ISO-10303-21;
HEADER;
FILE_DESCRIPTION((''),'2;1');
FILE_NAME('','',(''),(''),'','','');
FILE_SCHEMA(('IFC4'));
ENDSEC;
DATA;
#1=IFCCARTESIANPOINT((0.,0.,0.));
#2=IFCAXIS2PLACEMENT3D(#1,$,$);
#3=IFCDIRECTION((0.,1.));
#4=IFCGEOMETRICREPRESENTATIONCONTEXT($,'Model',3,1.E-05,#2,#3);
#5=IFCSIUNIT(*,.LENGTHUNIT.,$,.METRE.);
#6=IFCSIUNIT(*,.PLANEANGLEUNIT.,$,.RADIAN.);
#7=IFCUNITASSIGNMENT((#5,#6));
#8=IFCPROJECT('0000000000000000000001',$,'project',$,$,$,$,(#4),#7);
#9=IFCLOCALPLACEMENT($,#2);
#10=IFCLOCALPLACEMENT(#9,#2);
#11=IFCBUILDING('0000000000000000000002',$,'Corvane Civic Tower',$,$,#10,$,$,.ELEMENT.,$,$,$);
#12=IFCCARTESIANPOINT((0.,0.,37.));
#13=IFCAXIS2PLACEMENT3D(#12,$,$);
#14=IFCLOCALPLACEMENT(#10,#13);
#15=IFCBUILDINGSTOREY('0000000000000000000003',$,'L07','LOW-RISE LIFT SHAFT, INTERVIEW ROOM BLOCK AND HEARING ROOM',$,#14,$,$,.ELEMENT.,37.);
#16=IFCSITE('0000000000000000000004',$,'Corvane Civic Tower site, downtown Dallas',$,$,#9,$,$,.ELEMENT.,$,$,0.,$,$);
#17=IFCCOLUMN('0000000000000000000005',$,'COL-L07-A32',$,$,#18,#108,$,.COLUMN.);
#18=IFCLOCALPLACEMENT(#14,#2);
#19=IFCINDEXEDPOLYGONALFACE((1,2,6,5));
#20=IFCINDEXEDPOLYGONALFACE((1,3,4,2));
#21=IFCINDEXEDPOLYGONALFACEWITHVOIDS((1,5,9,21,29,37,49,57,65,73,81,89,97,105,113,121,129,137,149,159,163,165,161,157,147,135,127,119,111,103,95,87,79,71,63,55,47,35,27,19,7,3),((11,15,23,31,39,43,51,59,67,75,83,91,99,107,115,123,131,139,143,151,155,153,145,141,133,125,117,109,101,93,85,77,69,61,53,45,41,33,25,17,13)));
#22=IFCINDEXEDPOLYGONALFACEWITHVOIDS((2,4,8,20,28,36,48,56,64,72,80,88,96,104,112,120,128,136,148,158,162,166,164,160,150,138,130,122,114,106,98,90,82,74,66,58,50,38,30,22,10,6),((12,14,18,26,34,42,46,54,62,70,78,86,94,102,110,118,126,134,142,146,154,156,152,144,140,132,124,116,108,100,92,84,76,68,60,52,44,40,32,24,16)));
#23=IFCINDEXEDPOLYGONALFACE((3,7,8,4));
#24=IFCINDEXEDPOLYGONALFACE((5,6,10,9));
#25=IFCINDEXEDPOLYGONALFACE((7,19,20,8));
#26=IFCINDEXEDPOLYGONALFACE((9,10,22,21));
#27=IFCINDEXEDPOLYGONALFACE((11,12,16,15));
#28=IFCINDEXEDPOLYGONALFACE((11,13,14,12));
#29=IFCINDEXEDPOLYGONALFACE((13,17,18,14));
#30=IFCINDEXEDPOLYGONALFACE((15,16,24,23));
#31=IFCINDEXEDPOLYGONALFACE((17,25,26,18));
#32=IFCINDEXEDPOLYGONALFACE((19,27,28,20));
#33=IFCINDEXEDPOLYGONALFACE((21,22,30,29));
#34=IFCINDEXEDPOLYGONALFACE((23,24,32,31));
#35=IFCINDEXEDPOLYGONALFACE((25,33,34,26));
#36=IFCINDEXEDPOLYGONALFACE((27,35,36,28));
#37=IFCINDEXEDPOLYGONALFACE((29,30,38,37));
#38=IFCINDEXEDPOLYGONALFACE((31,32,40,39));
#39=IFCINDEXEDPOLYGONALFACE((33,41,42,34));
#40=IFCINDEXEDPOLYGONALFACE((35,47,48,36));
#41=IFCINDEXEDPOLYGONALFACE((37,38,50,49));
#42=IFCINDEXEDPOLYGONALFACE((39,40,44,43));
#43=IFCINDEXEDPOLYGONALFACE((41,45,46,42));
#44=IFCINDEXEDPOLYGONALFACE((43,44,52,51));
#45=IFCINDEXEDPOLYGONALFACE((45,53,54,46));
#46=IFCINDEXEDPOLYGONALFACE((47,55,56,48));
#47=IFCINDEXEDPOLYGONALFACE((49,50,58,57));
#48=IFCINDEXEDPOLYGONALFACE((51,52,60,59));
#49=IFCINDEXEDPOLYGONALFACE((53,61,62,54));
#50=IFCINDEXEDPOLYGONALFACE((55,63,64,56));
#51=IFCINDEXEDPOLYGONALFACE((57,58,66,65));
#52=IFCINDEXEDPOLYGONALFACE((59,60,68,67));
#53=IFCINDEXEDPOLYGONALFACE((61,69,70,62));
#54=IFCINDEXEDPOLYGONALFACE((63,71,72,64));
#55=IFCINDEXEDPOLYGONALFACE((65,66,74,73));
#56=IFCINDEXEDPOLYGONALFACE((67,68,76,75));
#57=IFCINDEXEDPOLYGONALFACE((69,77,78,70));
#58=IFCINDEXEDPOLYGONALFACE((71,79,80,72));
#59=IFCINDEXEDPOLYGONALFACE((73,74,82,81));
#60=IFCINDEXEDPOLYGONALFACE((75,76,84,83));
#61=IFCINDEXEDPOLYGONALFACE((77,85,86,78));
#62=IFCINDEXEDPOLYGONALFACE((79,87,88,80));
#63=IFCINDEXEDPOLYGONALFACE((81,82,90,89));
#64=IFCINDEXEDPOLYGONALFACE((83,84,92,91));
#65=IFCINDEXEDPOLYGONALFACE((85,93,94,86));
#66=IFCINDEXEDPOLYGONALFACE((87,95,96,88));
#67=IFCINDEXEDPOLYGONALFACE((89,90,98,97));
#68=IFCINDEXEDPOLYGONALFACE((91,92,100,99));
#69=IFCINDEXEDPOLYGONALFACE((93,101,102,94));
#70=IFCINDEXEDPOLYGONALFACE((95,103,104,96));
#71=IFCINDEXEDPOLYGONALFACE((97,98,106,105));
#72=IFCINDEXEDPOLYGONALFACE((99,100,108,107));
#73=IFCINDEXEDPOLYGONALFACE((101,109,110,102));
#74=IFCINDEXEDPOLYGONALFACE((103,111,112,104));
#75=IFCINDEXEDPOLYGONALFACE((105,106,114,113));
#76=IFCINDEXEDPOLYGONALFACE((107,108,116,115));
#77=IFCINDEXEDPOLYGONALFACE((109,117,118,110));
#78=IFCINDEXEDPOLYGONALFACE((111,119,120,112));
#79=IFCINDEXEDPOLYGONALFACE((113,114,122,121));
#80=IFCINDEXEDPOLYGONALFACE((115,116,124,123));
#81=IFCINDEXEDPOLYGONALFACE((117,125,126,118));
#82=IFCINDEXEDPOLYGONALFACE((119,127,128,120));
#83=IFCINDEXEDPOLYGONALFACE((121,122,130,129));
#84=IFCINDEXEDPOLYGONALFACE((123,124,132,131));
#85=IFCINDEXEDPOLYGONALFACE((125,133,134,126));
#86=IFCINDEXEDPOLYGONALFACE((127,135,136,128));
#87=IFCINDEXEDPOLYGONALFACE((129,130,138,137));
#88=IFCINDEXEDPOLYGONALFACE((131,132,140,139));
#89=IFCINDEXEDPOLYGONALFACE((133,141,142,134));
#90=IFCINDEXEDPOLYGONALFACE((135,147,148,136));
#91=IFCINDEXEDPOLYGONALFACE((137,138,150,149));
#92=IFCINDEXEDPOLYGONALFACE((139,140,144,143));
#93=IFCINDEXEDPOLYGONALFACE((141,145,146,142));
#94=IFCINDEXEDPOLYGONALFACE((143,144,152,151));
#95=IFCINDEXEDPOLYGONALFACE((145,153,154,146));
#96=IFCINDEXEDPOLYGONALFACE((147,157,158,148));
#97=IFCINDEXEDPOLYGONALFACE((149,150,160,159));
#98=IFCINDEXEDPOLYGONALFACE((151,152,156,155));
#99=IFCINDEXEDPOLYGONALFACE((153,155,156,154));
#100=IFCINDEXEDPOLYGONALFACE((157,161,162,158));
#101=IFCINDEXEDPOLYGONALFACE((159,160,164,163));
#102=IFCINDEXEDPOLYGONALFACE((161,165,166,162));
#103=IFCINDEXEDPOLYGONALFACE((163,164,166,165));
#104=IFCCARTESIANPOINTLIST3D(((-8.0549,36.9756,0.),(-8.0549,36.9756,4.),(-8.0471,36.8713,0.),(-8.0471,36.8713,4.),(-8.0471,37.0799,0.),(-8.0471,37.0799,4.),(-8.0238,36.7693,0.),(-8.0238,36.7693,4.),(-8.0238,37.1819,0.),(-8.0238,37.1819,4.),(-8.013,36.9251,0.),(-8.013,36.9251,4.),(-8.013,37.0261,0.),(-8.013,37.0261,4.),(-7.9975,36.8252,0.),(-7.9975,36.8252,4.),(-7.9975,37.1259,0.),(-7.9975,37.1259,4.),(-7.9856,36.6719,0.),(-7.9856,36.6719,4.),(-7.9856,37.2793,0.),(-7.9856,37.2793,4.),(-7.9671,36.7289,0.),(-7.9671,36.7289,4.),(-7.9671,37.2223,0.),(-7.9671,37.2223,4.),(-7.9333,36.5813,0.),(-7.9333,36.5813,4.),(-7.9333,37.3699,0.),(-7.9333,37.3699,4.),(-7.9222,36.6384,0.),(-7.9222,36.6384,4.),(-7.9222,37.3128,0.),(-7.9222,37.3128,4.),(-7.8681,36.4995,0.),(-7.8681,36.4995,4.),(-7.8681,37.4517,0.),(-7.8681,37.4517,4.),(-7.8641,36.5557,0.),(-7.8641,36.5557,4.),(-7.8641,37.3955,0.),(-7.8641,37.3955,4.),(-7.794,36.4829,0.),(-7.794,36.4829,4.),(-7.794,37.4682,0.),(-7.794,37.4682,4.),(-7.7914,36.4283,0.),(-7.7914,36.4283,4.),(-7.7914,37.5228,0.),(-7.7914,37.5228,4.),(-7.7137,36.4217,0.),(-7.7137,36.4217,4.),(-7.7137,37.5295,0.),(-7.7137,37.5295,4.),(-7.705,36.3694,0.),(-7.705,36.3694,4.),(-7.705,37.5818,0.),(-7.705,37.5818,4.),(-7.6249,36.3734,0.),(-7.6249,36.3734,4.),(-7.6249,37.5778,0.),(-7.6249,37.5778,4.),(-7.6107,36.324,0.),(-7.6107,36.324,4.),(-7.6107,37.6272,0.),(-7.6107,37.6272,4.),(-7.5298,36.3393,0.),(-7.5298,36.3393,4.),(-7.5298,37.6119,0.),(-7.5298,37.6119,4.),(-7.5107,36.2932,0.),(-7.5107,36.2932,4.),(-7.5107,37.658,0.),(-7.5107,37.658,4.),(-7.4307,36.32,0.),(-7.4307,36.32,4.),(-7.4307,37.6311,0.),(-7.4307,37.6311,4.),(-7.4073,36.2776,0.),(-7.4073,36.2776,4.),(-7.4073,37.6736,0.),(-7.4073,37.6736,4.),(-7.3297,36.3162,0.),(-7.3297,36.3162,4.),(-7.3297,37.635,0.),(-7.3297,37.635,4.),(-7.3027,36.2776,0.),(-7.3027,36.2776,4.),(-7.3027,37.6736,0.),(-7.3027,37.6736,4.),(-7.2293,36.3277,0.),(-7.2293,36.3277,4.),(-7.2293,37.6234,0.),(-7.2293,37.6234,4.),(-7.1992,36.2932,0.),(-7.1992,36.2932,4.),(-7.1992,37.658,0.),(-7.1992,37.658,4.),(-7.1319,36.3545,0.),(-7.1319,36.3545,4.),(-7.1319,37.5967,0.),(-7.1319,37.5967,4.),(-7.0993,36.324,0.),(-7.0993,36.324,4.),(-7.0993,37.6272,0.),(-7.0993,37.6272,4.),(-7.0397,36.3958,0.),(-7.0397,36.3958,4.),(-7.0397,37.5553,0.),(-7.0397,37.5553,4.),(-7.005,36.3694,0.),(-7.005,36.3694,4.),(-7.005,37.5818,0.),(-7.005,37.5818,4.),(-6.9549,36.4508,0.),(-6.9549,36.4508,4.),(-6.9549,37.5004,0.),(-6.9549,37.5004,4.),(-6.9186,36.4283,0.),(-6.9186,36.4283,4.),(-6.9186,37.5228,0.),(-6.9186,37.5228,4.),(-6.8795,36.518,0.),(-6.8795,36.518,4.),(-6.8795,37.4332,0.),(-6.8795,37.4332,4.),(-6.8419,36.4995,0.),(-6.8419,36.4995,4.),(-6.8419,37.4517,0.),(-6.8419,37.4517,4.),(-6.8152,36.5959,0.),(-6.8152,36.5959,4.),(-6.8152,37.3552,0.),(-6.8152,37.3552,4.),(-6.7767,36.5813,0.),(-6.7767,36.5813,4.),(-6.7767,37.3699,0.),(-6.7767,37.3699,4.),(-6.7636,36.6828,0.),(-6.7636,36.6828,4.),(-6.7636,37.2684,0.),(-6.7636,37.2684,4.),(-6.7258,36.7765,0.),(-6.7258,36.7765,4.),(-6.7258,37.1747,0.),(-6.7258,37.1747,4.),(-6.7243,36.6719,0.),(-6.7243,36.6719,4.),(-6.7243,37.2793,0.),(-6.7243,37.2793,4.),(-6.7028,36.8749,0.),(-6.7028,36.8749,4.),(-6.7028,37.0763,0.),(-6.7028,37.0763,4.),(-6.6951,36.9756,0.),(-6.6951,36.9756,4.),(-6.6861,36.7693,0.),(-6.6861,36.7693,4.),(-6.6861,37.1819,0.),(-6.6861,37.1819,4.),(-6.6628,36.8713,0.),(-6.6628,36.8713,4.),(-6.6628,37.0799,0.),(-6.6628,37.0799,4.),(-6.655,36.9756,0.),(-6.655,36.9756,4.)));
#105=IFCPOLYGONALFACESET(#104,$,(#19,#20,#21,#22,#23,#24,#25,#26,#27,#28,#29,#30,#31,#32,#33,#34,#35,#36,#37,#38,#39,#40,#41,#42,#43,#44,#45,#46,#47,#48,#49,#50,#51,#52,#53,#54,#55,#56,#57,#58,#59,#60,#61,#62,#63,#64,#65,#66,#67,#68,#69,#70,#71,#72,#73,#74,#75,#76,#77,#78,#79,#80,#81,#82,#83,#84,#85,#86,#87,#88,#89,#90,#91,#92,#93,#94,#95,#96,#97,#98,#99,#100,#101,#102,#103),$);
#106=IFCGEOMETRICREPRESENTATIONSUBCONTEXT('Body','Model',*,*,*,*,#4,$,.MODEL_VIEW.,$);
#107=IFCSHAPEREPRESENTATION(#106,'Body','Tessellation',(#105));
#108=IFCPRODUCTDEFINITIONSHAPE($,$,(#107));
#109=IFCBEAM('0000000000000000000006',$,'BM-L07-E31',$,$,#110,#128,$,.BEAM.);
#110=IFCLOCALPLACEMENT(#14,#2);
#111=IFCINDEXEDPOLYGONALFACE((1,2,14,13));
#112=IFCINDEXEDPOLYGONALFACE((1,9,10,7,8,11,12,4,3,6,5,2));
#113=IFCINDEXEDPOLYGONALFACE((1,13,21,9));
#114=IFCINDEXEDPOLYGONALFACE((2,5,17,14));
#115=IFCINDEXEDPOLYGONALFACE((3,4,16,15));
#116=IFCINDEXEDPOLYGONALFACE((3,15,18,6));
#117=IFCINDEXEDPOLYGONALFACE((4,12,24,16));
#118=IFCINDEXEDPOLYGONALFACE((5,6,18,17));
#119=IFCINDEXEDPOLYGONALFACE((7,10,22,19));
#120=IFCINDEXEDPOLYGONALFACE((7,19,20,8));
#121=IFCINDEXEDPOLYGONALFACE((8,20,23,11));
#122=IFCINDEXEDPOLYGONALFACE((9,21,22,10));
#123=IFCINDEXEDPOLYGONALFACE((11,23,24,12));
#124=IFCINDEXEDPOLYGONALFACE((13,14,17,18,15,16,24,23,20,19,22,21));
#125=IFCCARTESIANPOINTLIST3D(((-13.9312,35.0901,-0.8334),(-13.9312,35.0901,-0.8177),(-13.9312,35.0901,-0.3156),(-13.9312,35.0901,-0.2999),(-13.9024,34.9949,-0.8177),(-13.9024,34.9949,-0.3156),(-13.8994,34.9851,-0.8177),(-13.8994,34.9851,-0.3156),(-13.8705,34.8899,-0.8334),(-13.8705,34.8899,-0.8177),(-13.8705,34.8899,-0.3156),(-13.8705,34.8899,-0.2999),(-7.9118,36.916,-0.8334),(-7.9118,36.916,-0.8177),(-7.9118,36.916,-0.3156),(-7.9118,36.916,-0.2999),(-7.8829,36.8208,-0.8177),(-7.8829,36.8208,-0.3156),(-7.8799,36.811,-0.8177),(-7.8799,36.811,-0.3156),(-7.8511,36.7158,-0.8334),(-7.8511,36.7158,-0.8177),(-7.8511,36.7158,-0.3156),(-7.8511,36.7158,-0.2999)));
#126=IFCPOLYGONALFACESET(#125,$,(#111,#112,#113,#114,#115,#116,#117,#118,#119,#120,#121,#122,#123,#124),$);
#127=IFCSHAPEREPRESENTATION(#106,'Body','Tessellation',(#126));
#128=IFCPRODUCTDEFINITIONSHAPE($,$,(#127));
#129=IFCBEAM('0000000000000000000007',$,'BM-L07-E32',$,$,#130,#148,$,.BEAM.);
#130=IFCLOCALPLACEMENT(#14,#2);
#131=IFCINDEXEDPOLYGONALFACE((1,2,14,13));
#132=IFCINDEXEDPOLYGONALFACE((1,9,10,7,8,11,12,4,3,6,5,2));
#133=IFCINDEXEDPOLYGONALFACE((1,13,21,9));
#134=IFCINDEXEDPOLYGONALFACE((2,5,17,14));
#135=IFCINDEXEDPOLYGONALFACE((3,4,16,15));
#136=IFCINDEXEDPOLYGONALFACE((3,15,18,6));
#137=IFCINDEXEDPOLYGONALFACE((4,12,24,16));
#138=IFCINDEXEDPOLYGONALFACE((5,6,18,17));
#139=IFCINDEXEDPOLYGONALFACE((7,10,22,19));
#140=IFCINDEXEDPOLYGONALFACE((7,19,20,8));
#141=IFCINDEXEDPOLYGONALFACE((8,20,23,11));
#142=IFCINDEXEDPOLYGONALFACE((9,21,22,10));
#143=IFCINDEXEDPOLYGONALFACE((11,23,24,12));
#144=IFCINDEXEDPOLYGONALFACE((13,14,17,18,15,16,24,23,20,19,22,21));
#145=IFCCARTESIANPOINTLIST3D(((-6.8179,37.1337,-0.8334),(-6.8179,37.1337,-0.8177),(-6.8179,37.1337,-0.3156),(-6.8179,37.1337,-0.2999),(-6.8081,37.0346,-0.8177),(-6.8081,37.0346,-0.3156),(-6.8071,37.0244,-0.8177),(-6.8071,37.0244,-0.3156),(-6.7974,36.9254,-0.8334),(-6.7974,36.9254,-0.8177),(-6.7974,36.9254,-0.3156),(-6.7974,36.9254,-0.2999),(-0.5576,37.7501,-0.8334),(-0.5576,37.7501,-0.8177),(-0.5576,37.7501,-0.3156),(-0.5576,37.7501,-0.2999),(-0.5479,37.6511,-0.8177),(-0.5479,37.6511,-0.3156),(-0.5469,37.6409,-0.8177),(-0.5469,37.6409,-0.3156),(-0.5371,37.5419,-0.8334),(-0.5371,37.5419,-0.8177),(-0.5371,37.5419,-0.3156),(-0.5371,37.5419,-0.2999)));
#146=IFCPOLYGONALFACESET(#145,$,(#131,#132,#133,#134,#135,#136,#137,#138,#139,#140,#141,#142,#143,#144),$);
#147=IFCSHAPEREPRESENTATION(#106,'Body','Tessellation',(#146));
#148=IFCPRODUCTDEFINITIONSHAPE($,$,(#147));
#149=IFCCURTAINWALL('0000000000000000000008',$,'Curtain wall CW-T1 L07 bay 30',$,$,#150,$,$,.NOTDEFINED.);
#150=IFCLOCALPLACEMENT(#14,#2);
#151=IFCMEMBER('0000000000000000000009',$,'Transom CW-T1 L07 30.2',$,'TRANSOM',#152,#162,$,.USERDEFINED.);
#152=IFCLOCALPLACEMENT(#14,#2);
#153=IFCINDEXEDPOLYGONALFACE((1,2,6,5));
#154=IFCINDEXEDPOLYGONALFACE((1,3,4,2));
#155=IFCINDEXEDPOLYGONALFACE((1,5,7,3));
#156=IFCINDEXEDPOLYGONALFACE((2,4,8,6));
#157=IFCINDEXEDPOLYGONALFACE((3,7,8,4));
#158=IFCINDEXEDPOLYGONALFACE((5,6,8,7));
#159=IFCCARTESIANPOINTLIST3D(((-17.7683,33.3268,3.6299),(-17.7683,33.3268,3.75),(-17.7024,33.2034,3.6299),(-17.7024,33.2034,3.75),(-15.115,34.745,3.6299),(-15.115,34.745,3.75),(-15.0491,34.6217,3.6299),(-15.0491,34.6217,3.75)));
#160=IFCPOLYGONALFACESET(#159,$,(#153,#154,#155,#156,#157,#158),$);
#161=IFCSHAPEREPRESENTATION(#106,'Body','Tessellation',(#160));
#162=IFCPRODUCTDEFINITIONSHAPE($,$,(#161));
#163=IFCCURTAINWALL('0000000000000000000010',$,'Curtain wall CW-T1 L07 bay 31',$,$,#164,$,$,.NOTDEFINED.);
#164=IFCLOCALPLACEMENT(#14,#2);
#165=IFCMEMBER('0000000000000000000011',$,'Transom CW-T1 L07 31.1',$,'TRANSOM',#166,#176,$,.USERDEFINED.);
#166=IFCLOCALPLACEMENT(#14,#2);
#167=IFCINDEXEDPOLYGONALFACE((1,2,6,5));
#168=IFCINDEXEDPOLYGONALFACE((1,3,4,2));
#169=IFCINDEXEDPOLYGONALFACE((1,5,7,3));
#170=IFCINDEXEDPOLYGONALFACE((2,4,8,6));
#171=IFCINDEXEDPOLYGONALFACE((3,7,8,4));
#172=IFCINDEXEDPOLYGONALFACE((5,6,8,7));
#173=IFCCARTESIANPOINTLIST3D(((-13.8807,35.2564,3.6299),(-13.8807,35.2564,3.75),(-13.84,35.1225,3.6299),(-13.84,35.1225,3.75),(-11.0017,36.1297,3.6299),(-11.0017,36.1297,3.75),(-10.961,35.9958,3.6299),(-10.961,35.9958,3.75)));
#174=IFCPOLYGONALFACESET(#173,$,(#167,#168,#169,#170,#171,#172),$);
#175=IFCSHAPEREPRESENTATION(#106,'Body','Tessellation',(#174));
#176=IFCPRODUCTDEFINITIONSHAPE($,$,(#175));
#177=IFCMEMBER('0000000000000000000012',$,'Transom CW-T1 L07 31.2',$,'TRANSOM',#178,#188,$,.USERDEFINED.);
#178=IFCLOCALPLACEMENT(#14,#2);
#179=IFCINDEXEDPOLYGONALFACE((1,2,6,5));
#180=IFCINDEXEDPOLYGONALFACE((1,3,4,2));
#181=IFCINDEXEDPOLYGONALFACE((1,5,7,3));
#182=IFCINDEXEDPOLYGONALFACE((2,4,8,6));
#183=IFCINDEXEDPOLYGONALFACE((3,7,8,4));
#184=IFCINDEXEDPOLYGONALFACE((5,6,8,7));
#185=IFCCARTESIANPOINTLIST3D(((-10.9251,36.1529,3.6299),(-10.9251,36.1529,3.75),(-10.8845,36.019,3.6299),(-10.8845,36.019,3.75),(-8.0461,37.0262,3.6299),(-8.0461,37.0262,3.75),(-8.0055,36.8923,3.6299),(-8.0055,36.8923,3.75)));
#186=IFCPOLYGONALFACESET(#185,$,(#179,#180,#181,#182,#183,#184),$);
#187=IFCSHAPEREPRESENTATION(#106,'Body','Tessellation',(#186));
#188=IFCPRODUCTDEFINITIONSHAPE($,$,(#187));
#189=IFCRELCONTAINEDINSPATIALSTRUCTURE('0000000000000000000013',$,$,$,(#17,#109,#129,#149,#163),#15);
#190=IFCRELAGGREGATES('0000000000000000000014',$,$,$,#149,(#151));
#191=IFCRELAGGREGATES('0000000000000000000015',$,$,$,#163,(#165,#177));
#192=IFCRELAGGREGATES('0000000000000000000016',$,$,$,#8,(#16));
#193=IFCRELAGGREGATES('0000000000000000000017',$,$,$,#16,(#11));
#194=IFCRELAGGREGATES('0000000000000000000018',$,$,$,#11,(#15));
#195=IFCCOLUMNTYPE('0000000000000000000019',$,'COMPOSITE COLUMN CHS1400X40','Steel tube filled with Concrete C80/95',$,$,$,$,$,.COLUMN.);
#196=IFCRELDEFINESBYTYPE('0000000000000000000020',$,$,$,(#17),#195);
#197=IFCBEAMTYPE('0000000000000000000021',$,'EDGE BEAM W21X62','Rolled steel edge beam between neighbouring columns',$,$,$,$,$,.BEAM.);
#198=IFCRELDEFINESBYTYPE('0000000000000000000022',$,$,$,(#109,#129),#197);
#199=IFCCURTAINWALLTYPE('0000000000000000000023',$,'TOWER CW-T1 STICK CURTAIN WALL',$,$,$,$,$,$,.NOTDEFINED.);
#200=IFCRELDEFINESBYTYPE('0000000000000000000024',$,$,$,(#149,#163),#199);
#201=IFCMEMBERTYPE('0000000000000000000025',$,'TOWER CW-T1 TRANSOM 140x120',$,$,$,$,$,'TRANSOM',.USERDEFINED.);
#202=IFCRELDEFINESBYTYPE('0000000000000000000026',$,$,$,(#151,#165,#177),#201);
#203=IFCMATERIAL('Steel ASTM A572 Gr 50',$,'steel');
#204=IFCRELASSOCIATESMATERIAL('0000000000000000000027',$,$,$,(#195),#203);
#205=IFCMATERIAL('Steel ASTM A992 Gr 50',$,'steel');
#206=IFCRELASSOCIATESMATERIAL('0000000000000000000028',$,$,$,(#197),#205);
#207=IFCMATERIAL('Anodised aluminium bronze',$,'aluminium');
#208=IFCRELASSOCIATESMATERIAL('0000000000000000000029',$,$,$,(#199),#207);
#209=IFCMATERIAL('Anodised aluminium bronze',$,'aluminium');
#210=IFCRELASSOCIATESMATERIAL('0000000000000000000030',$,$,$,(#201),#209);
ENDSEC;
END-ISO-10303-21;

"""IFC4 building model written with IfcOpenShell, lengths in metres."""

from ifc_helpers import new_model, si_unit, direction, frame, origin, origin_2d, place, context, subcontext, project, spatial, rectangle, hollow_circle, i_section, extrude, material, material_profile, profile_set, type_object, element, aggregate, save


model = new_model("IFC4")

# Units and contexts
model_context = context("Model", 3, precision=1e-05, world=origin(), true_north=direction((0.0, 1.0)))
body_context = subcontext(model_context, "Body", "Model", "MODEL_VIEW")
ifc_project = project(units=[si_unit("LENGTHUNIT", "METRE"), si_unit("PLANEANGLEUNIT", "RADIAN")], contexts=[model_context])

# Site, building, storey
site_placement = place(None, origin())
site = spatial("IfcSite", under=ifc_project, at=site_placement, Name="Corvane Civic Tower site, downtown Dallas", CompositionType="ELEMENT", RefElevation=0.0)
building_placement = place(site_placement, origin())
building = spatial("IfcBuilding", under=site, at=building_placement, Name="Corvane Civic Tower", CompositionType="ELEMENT")
storey_placement = place(building_placement, frame((0.0, 0.0, 37.0)))
storey = spatial("IfcBuildingStorey", under=building, at=storey_placement, Name="L07", Description="LOW-RISE LIFT SHAFT, INTERVIEW ROOM BLOCK AND HEARING ROOM", CompositionType="ELEMENT", Elevation=37.0)

# Column
ifc_material_1 = material(Name="Steel ASTM A572 Gr 50", Category="steel")
ifc_material_profile_1 = material_profile(ifc_material_1, hollow_circle(Radius=0.7, WallThickness=0.04, at=origin_2d()), Name="CHS1400X40")
ifc_profile_set_1 = profile_set([ifc_material_profile_1], Name="Steel ASTM A572 Gr 50")
column_type = type_object("IfcColumnType", Name="COMPOSITE COLUMN CHS1400X40", Description="Steel tube filled with Concrete C80/95", PredefinedType="COLUMN", material=ifc_profile_set_1)
for number, where, z_axis, x_axis, name in (
    (1, (-7.355, 36.9756, 0.0), (0.0, 0.0, 1.0), (1.0, 0.0, 0.0), "COL-L07-A32"),
):
    element("IfcColumn", number, at=place(storey_placement, frame(where, z_axis=z_axis, x_axis=x_axis)), inside=storey, type_object=column_type, Name=name, PredefinedType="COLUMN", context=body_context, shape_type="SweptSolid", body=[
        extrude(hollow_circle(Radius=0.7, WallThickness=0.04, at=origin_2d()), origin(), (0.0, 0.0, 1.0), 4.0),
    ])

# Beams
ifc_material_2 = material(Name="Steel ASTM A992 Gr 50", Category="steel")
ifc_material_profile_2 = material_profile(ifc_material_2, i_section(OverallWidth=0.2092, OverallDepth=0.5334, WebThickness=0.0103, FlangeThickness=0.0156, at=origin_2d()), Name="W21X62")
ifc_profile_set_2 = profile_set([ifc_material_profile_2], Name="Steel ASTM A992 Gr 50")
beam_type = type_object("IfcBeamType", Name="EDGE BEAM W21X62", Description="Rolled steel edge beam between neighbouring columns", PredefinedType="BEAM", material=ifc_profile_set_2)
beam_1_placement = place(storey_placement, frame((-13.9009, 34.99, -0.5667), z_axis=(0.956944, 0.290273, 0.0), x_axis=(-0.290273, 0.956944, 0.0)))
element("IfcBeam", 2, at=beam_1_placement, inside=storey, type_object=beam_type, Name="BM-L07-E31", PredefinedType="BEAM", context=body_context, shape_type="SweptSolid", body=[
    extrude(i_section(OverallWidth=0.2092, OverallDepth=0.5334, WebThickness=0.0103, FlangeThickness=0.0156, at=origin_2d()), origin(), (0.0, 0.0, 1.0), 6.2903),
])
beam_2_placement = place(storey_placement, frame((-6.8076, 37.0295, -0.5667), z_axis=(0.995187, 0.097997, 0.0), x_axis=(-0.097997, 0.995187, 0.0)))
element("IfcBeam", 3, at=beam_2_placement, inside=storey, type_object=beam_type, Name="BM-L07-E32", PredefinedType="BEAM", context=body_context, shape_type="SweptSolid", body=[
    extrude(i_section(OverallWidth=0.2092, OverallDepth=0.5334, WebThickness=0.0103, FlangeThickness=0.0156, at=origin_2d()), origin(), (0.0, 0.0, 1.0), 6.2905),
])

# Curtain wall, member
ifc_material_3 = material(Name="Anodised aluminium bronze", Category="aluminium")
curtain_wall_type = type_object("IfcCurtainWallType", Name="TOWER CW-T1 STICK CURTAIN WALL", PredefinedType="NOTDEFINED", material=ifc_material_3)
curtain_wall_1_placement = place(storey_placement, origin())
curtain_wall_1 = element("IfcCurtainWall", 4, at=curtain_wall_1_placement, inside=storey, type_object=curtain_wall_type, Name="Curtain wall CW-T1 L07 bay 30", PredefinedType="NOTDEFINED")
ifc_material_4 = material(Name="Anodised aluminium bronze", Category="aluminium")
ifc_material_profile_3 = material_profile(ifc_material_4, rectangle(XDim=0.1399, YDim=0.1201, at=origin_2d()), Name="TOWER CW-T1 TRANSOM 140x120")
ifc_profile_set_3 = profile_set([ifc_material_profile_3], Name="Anodised aluminium bronze")
member_type_1 = type_object("IfcMemberType", Name="TOWER CW-T1 TRANSOM 140x120", ElementType="TRANSOM", PredefinedType="USERDEFINED", material=ifc_profile_set_3)
member_1_placement = place(storey_placement, frame((-17.7354, 33.2651, 3.6899), z_axis=(0.881924, 0.471393, 0.0), x_axis=(-0.471393, 0.881924, 0.0)))
member_1 = element("IfcMember", 5, at=member_1_placement, type_object=member_type_1, Name="Transom CW-T1 L07 30.2", ObjectType="TRANSOM", PredefinedType="USERDEFINED", context=body_context, shape_type="SweptSolid", body=[
    extrude(rectangle(XDim=0.1399, YDim=0.1201, at=origin_2d()), origin(), (0.0, 0.0, 1.0), 3.0085),
])

# Curtain wall, members
curtain_wall_2_placement = place(storey_placement, origin())
curtain_wall_2 = element("IfcCurtainWall", 6, at=curtain_wall_2_placement, inside=storey, type_object=curtain_wall_type, Name="Curtain wall CW-T1 L07 bay 31", PredefinedType="NOTDEFINED")
member_2_placement = place(storey_placement, frame((-13.8604, 35.1895, 3.6899), z_axis=(0.956942, 0.29028, 0.0), x_axis=(-0.29028, 0.956942, 0.0)))
member_2 = element("IfcMember", 7, at=member_2_placement, type_object=member_type_1, Name="Transom CW-T1 L07 31.1", ObjectType="TRANSOM", PredefinedType="USERDEFINED", context=body_context, shape_type="SweptSolid", body=[
    extrude(rectangle(XDim=0.1399, YDim=0.1201, at=origin_2d()), origin(), (0.0, 0.0, 1.0), 3.0085),
])
member_3_placement = place(storey_placement, frame((-10.9048, 36.0859, 3.6899), z_axis=(0.956942, 0.29028, 0.0), x_axis=(-0.29028, 0.956942, 0.0)))
member_3 = element("IfcMember", 8, at=member_3_placement, type_object=member_type_1, Name="Transom CW-T1 L07 31.2", ObjectType="TRANSOM", PredefinedType="USERDEFINED", context=body_context, shape_type="SweptSolid", body=[
    extrude(rectangle(XDim=0.1399, YDim=0.1201, at=origin_2d()), origin(), (0.0, 0.0, 1.0), 3.0085),
])

aggregate(curtain_wall_1, [member_1])
aggregate(curtain_wall_2, [member_2, member_3])

save(model, "model.ifc")
